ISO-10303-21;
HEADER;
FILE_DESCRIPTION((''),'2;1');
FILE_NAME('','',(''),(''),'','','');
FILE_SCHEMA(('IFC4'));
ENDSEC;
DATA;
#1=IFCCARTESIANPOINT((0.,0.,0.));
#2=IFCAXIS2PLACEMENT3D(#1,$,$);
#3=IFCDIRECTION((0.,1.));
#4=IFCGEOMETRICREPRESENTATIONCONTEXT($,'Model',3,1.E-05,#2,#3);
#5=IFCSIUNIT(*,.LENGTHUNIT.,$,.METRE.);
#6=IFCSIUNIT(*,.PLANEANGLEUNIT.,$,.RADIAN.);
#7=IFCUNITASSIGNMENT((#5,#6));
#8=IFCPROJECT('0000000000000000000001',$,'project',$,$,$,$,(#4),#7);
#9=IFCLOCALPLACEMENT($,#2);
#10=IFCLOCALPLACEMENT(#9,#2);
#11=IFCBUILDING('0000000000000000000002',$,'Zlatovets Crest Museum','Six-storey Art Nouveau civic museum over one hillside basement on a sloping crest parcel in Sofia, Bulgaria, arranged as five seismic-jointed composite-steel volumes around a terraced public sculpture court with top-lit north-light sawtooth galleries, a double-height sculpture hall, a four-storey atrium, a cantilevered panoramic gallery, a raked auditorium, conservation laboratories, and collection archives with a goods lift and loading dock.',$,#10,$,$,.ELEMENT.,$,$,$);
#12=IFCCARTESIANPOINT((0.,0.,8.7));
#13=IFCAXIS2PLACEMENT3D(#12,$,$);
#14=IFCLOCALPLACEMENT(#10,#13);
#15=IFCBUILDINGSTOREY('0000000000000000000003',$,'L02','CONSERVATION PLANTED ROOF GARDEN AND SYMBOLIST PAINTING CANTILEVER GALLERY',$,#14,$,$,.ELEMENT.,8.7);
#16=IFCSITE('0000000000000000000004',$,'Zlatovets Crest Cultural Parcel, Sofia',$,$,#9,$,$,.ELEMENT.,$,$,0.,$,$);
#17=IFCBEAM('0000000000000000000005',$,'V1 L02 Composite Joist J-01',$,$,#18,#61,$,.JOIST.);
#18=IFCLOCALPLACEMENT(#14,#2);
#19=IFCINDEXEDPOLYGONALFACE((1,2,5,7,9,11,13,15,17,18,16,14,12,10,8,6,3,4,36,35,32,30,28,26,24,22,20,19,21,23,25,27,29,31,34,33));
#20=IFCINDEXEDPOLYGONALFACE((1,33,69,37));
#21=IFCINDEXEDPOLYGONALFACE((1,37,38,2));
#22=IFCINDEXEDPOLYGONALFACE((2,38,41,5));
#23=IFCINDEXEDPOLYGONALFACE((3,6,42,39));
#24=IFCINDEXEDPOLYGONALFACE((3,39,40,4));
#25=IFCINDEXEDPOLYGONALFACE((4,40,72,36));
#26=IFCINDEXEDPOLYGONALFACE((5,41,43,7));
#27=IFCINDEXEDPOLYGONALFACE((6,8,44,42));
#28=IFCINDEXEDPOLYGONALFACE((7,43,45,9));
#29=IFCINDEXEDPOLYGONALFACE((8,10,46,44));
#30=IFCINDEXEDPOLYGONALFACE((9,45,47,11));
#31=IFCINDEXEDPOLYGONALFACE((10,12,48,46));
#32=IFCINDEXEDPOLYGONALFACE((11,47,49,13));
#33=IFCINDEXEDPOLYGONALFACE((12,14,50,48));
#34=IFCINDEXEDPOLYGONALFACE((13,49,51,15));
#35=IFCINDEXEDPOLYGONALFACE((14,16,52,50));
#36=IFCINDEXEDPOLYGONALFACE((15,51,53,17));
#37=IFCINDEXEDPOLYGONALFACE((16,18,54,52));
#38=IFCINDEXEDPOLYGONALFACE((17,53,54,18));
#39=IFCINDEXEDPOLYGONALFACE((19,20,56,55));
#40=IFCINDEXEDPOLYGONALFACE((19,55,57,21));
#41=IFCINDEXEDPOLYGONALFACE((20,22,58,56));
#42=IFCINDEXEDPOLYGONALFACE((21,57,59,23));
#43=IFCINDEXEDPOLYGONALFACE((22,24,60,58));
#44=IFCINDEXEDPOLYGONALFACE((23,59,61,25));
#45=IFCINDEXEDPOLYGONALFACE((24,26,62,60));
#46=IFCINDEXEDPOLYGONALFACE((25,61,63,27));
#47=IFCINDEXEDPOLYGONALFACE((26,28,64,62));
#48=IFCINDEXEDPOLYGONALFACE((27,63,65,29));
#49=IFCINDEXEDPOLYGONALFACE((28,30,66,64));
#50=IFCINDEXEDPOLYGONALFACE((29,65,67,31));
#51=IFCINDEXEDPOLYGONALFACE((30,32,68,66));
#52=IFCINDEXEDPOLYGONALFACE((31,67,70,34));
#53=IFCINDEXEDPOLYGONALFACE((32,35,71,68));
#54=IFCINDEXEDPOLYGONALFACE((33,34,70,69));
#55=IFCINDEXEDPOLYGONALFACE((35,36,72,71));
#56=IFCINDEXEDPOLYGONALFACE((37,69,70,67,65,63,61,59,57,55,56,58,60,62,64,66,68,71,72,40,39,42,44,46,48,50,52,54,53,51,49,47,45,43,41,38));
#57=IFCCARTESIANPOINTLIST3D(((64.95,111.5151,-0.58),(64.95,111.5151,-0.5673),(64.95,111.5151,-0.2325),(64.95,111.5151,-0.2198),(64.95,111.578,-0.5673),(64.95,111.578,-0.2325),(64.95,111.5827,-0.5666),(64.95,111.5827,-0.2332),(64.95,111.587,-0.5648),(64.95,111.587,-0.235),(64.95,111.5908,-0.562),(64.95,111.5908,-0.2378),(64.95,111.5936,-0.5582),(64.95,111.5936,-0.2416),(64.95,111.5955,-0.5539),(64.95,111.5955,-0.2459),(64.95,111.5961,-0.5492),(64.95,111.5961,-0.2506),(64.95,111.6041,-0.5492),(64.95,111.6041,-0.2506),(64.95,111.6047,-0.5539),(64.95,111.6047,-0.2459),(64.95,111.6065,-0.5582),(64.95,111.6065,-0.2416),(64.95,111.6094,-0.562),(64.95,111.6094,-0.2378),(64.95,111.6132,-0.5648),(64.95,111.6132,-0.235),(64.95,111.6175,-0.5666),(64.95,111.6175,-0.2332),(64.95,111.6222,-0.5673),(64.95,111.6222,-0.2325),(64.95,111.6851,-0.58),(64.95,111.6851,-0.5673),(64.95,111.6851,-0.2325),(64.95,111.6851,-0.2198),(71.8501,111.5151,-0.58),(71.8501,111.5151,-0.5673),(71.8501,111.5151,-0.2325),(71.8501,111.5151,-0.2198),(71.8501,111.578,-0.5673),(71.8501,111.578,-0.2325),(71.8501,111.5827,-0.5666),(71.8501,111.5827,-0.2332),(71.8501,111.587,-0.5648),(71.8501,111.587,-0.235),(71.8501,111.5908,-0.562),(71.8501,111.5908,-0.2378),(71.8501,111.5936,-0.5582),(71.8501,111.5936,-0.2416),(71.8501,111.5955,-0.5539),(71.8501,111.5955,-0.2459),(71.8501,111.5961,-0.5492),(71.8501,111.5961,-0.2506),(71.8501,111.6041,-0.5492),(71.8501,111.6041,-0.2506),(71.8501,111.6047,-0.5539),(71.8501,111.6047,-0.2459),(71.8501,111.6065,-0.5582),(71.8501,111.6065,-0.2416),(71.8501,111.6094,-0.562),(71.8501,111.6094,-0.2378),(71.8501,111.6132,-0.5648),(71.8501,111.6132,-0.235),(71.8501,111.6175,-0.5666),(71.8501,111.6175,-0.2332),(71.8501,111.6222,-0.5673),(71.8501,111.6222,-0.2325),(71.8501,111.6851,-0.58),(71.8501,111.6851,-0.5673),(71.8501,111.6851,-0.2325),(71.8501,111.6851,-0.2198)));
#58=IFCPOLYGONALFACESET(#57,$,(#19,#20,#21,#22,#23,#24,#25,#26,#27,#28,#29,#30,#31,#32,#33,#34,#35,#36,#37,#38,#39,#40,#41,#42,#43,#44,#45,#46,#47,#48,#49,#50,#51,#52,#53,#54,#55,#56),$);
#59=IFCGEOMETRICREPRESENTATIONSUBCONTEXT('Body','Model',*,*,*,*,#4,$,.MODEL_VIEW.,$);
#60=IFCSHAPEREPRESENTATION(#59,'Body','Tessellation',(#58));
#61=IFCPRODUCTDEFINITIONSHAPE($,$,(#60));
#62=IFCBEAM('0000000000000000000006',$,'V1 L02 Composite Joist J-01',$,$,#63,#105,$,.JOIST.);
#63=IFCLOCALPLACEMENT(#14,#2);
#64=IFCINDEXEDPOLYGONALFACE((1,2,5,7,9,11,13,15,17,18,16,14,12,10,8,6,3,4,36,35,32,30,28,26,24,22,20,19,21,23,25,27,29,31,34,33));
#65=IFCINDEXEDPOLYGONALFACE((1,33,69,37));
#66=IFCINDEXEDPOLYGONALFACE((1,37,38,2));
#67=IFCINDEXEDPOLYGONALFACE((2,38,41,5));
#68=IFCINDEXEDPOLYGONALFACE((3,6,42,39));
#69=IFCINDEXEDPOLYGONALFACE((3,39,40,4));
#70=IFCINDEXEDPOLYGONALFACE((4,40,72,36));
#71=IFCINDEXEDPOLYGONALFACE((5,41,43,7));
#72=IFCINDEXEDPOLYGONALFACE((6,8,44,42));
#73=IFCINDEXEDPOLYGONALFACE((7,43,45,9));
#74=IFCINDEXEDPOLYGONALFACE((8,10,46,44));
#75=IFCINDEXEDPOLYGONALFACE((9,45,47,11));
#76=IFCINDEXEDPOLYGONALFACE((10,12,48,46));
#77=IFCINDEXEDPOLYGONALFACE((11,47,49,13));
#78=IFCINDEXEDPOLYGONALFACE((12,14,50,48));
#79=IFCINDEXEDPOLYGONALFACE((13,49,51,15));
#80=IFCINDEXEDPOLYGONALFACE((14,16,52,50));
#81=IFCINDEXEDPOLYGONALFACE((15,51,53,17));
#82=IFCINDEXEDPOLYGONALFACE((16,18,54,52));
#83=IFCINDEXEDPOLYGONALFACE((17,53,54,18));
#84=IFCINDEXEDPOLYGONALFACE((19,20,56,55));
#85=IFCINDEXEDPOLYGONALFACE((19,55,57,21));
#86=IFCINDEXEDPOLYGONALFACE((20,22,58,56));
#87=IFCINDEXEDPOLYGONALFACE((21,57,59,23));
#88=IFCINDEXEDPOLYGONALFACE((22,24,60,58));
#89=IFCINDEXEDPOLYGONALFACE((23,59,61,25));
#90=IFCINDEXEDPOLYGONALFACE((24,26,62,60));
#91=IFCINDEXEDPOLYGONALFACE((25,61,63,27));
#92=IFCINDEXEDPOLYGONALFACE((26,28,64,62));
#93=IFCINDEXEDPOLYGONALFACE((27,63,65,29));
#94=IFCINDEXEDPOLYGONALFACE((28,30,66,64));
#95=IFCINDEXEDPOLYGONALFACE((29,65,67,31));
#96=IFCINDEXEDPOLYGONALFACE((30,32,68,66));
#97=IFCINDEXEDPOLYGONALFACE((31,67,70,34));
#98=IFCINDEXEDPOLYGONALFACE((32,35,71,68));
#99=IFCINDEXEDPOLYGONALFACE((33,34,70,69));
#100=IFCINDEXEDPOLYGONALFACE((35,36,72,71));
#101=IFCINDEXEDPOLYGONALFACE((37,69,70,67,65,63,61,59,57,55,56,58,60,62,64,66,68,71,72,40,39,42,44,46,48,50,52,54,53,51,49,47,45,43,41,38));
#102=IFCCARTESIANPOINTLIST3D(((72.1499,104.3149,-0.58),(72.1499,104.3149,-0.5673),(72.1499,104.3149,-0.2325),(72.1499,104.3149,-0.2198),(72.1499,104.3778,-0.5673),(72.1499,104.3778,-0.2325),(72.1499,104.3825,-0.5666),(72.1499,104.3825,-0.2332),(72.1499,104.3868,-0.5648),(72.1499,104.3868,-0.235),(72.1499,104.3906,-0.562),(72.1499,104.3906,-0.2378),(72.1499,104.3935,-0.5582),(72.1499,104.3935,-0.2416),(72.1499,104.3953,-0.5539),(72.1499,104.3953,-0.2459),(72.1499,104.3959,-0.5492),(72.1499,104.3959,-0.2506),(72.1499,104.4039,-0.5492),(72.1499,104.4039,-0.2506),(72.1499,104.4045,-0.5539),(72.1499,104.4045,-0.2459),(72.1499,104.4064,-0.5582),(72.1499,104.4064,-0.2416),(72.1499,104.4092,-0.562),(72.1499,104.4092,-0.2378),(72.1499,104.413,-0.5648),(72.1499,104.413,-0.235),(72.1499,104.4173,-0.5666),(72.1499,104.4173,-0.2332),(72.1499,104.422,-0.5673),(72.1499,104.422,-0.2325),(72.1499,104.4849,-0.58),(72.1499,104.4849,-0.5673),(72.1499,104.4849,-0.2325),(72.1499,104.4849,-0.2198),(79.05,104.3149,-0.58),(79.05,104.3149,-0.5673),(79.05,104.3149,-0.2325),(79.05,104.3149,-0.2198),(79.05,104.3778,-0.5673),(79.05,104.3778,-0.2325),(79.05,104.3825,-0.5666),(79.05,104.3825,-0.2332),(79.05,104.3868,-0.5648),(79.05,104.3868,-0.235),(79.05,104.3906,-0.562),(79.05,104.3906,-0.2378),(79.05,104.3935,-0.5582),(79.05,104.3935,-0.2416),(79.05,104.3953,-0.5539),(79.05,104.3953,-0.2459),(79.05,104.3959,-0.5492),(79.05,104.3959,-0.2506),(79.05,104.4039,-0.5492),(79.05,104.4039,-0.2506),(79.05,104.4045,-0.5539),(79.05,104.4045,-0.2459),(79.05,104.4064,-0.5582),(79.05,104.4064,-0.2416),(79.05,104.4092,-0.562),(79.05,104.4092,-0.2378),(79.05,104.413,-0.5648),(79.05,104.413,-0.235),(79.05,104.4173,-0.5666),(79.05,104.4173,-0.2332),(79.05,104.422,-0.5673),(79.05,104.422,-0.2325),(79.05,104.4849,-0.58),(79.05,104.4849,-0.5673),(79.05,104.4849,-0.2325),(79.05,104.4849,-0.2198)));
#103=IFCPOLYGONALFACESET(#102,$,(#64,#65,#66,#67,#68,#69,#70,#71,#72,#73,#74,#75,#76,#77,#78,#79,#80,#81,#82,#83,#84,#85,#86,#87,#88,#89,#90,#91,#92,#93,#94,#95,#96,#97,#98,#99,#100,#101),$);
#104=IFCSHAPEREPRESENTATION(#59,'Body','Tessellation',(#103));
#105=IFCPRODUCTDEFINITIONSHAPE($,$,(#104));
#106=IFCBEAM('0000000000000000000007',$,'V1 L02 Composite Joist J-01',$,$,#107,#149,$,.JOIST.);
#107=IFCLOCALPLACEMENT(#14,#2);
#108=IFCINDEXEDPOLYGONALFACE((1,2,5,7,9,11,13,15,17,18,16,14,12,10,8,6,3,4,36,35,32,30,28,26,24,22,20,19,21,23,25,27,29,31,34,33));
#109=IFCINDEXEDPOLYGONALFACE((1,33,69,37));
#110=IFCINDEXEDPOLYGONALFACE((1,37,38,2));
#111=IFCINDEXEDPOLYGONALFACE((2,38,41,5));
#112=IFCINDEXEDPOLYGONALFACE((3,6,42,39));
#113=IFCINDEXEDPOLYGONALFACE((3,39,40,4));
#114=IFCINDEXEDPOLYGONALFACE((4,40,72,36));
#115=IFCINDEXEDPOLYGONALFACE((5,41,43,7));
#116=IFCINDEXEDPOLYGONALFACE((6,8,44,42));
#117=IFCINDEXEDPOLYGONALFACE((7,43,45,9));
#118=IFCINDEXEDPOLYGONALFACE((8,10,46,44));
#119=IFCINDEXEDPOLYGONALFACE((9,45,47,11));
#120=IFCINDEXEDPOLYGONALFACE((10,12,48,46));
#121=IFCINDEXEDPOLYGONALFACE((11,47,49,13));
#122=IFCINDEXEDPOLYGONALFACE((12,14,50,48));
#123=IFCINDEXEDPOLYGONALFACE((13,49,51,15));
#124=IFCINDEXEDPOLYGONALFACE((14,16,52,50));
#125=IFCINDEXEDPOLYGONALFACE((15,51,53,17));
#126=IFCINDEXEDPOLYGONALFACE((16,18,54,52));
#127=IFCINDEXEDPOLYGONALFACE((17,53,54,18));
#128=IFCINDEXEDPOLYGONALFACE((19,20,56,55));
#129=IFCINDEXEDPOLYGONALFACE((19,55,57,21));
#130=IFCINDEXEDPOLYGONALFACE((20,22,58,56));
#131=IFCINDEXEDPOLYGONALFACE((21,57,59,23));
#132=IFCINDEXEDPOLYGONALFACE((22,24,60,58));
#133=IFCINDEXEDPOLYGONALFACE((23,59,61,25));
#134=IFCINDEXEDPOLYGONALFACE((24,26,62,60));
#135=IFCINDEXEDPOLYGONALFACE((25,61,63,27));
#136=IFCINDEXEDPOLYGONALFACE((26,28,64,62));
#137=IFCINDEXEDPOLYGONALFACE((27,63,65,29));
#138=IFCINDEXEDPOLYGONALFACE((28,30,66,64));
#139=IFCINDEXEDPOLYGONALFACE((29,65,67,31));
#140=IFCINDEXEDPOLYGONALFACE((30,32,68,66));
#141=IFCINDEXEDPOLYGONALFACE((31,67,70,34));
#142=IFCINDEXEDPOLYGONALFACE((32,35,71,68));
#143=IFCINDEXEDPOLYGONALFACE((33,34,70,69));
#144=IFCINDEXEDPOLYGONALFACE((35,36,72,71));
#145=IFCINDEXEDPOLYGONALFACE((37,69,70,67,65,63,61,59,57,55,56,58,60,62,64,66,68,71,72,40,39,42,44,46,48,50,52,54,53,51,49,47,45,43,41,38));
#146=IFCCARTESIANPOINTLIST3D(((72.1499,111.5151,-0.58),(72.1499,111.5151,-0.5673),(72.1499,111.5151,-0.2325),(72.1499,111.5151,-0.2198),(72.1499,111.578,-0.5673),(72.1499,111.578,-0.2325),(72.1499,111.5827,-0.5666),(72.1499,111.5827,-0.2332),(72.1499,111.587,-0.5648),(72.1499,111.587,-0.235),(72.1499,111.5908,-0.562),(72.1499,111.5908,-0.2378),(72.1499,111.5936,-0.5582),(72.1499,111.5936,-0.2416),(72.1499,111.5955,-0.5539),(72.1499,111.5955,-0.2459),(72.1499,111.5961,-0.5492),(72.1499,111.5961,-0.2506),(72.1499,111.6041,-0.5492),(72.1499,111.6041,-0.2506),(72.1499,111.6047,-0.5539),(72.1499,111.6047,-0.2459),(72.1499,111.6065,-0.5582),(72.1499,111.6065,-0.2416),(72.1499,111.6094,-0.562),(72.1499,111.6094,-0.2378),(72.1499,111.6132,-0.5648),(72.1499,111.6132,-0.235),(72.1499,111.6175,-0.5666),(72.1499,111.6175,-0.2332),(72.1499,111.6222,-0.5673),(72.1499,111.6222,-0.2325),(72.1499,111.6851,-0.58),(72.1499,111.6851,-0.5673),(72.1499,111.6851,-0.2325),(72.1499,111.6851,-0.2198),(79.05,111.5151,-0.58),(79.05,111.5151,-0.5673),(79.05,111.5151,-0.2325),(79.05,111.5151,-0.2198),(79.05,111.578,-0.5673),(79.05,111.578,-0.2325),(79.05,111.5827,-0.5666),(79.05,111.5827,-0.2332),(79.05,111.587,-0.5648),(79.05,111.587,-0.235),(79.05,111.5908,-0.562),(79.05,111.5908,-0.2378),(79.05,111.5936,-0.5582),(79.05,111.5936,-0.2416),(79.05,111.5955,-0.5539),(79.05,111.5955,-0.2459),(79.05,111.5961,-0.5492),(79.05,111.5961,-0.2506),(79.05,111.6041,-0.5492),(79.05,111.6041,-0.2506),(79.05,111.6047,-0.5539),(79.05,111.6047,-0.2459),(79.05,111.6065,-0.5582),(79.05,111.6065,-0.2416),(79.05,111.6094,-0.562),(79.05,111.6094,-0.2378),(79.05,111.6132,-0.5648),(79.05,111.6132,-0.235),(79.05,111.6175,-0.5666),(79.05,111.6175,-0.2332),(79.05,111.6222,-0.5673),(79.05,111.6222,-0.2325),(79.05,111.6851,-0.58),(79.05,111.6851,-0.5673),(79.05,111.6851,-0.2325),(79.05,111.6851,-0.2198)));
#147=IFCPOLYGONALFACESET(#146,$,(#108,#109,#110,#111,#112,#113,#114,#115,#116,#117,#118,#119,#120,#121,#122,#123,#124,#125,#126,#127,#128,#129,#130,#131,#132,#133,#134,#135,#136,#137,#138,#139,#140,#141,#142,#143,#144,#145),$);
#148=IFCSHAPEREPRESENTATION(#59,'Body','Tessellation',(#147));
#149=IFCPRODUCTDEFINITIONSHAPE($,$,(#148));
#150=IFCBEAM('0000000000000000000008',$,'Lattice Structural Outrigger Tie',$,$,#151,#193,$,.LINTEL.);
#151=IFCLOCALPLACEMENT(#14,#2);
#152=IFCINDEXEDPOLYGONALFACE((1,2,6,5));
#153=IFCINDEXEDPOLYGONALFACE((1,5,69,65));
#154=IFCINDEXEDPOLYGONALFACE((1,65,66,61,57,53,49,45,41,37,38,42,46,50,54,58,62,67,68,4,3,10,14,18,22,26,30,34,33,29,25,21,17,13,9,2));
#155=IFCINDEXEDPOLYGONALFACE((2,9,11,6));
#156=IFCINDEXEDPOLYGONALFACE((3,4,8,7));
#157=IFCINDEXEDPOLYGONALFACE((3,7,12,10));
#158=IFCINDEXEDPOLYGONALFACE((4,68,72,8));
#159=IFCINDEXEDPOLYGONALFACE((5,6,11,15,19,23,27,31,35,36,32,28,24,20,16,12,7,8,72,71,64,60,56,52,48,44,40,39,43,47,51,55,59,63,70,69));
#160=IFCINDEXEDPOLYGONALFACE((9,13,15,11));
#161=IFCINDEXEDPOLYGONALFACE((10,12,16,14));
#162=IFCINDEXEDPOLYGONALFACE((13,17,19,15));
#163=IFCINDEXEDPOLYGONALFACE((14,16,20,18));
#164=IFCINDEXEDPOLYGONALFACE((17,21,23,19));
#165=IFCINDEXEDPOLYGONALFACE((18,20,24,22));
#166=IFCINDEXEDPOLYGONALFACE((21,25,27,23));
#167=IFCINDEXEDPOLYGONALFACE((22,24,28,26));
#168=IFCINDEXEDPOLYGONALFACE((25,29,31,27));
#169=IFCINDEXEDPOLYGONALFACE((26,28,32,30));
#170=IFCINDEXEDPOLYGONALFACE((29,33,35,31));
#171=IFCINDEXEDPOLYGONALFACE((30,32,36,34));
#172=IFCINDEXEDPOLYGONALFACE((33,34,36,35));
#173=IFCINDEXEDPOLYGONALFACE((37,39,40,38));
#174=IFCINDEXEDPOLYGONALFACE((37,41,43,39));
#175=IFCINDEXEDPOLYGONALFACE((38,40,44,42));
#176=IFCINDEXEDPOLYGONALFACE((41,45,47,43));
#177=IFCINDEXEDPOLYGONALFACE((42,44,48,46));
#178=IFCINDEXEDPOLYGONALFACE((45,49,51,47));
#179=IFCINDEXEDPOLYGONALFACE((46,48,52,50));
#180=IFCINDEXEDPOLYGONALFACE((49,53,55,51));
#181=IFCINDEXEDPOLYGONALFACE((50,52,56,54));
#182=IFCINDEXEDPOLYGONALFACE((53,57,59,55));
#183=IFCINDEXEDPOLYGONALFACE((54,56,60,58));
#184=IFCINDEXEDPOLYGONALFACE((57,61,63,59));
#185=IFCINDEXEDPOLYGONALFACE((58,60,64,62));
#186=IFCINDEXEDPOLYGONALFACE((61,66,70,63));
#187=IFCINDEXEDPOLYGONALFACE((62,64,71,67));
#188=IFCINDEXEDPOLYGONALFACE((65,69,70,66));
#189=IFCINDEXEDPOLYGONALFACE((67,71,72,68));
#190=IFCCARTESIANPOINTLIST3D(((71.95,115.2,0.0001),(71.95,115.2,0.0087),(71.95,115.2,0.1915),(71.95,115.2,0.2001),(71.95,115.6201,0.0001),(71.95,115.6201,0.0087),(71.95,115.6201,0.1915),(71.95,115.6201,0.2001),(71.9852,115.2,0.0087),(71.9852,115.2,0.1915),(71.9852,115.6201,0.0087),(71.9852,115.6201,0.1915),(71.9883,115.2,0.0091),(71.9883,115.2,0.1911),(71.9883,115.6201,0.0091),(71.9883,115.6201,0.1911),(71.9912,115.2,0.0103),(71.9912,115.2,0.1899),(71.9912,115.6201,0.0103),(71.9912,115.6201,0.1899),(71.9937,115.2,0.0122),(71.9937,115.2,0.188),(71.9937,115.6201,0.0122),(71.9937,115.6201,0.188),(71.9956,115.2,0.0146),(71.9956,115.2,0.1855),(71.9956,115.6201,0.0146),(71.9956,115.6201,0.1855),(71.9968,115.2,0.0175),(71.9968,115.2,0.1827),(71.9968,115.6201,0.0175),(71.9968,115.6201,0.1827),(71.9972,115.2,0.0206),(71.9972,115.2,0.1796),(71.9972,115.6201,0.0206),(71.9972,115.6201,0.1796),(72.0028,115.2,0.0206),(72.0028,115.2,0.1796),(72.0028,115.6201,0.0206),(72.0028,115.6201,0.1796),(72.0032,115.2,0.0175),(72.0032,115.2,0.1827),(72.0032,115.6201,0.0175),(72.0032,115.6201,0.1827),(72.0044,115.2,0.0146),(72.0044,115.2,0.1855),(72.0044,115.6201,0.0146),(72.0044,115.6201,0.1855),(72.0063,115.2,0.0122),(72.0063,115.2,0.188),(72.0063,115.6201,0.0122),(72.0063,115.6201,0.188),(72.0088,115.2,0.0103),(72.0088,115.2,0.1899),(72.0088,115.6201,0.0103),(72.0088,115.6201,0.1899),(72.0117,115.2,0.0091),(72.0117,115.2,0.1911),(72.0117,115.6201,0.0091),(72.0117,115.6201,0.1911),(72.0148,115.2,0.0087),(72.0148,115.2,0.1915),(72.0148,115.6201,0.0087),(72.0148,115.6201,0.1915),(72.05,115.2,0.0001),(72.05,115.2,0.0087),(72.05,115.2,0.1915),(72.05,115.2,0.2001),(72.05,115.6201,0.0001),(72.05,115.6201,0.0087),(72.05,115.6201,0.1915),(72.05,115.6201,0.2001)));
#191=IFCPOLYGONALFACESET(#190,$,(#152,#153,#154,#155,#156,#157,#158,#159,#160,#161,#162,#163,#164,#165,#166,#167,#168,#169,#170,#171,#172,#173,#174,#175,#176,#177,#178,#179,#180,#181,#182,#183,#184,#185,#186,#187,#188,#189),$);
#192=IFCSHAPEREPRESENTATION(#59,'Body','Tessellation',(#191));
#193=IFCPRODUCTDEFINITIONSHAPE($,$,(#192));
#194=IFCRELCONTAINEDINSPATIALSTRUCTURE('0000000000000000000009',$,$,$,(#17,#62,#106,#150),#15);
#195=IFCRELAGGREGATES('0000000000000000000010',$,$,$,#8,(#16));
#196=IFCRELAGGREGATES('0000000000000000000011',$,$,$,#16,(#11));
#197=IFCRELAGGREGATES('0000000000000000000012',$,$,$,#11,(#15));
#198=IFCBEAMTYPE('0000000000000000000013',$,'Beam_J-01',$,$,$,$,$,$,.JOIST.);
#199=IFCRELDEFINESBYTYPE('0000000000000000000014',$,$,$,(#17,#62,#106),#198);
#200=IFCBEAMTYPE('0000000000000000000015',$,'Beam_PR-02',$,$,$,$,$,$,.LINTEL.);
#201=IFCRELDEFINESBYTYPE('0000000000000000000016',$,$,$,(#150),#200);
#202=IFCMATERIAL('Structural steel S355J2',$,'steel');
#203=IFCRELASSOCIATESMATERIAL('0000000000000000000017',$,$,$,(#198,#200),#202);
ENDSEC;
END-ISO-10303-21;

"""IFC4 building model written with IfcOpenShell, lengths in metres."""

from ifc_helpers import new_model, si_unit, direction, frame, origin, origin_2d, place, context, subcontext, project, spatial, i_section, extrude, material, material_profile, profile_set, type_object, element, save


model = new_model("IFC4")

# Units and contexts
model_context = context("Model", 3, precision=1e-05, world=origin(), true_north=direction((0.0, 1.0)))
body_context = subcontext(model_context, "Body", "Model", "MODEL_VIEW")
ifc_project = project(units=[si_unit("LENGTHUNIT", "METRE"), si_unit("PLANEANGLEUNIT", "RADIAN")], contexts=[model_context])

# Site, building, storey
site_placement = place(None, origin())
site = spatial("IfcSite", under=ifc_project, at=site_placement, Name="Zlatovets Crest Cultural Parcel, Sofia", CompositionType="ELEMENT", RefElevation=0.0)
building_placement = place(site_placement, origin())
building = spatial("IfcBuilding", under=site, at=building_placement, Name="Zlatovets Crest Museum", Description="Six-storey Art Nouveau civic museum over one hillside basement on a sloping crest parcel in Sofia, Bulgaria, arranged as five seismic-jointed composite-steel volumes around a terraced public sculpture court with top-lit north-light sawtooth galleries, a double-height sculpture hall, a four-storey atrium, a cantilevered panoramic gallery, a raked auditorium, conservation laboratories, and collection archives with a goods lift and loading dock.", CompositionType="ELEMENT")
storey_placement = place(building_placement, frame((0.0, 0.0, 8.7)))
storey = spatial("IfcBuildingStorey", under=building, at=storey_placement, Name="L02", Description="CONSERVATION PLANTED ROOF GARDEN AND SYMBOLIST PAINTING CANTILEVER GALLERY", CompositionType="ELEMENT", Elevation=8.7)

# Shared definitions
ifc_material_1 = material(Name="Structural steel S355J2", Category="steel")

# Beams
ifc_material_profile_1 = material_profile(ifc_material_1, i_section(OverallWidth=0.1699, OverallDepth=0.3601, WebThickness=0.0081, FlangeThickness=0.0127, FilletRadius=0.0181, at=origin_2d()), Name="IPE 360")
ifc_profile_set_1 = profile_set([ifc_material_profile_1], Name="Structural steel S355J2")
beam_type_1 = type_object("IfcBeamType", Name="Beam_J-01", PredefinedType="JOIST", material=ifc_profile_set_1)
for number, where, z_axis, x_axis, name in (
    (1, (64.95, 111.6001, -0.3999), (1.0, 0.0, 0.0), (0.0, 1.0, 0.0), "V1 L02 Composite Joist J-01"),
    (2, (72.1499, 104.3999, -0.3999), (1.0, 0.0, 0.0), (0.0, 1.0, 0.0), "V1 L02 Composite Joist J-01"),
    (3, (72.1499, 111.6001, -0.3999), (1.0, 0.0, 0.0), (0.0, 1.0, 0.0), "V1 L02 Composite Joist J-01"),
):
    element("IfcBeam", number, at=place(storey_placement, frame(where, z_axis=z_axis, x_axis=x_axis)), inside=storey, type_object=beam_type_1, Name=name, PredefinedType="JOIST", context=body_context, shape_type="SweptSolid", body=[
        extrude(i_section(OverallWidth=0.1699, OverallDepth=0.3601, WebThickness=0.0081, FlangeThickness=0.0127, FilletRadius=0.0181, at=origin_2d()), origin(), (0.0, 0.0, 1.0), 6.9001),
    ])
ifc_material_profile_2 = material_profile(ifc_material_1, i_section(OverallWidth=0.1001, OverallDepth=0.2, WebThickness=0.0056, FlangeThickness=0.0085, FilletRadius=0.012, at=origin_2d()), Name="IPE 200")
ifc_profile_set_2 = profile_set([ifc_material_profile_2], Name="Structural steel S355J2")
beam_type_2 = type_object("IfcBeamType", Name="Beam_PR-02", PredefinedType="LINTEL", material=ifc_profile_set_2)
for number, where, z_axis, x_axis, name in (
    (4, (72.0, 115.2, 0.1001), (0.0, 1.0, 0.0), (-1.0, 0.0, 0.0), "Lattice Structural Outrigger Tie"),
):
    element("IfcBeam", number, at=place(storey_placement, frame(where, z_axis=z_axis, x_axis=x_axis)), inside=storey, type_object=beam_type_2, Name=name, PredefinedType="LINTEL", context=body_context, shape_type="SweptSolid", body=[
        extrude(i_section(OverallWidth=0.1001, OverallDepth=0.2, WebThickness=0.0056, FlangeThickness=0.0085, FilletRadius=0.012, at=origin_2d()), origin(), (0.0, 0.0, 1.0), 0.4202),
    ])

save(model, "model.ifc")
